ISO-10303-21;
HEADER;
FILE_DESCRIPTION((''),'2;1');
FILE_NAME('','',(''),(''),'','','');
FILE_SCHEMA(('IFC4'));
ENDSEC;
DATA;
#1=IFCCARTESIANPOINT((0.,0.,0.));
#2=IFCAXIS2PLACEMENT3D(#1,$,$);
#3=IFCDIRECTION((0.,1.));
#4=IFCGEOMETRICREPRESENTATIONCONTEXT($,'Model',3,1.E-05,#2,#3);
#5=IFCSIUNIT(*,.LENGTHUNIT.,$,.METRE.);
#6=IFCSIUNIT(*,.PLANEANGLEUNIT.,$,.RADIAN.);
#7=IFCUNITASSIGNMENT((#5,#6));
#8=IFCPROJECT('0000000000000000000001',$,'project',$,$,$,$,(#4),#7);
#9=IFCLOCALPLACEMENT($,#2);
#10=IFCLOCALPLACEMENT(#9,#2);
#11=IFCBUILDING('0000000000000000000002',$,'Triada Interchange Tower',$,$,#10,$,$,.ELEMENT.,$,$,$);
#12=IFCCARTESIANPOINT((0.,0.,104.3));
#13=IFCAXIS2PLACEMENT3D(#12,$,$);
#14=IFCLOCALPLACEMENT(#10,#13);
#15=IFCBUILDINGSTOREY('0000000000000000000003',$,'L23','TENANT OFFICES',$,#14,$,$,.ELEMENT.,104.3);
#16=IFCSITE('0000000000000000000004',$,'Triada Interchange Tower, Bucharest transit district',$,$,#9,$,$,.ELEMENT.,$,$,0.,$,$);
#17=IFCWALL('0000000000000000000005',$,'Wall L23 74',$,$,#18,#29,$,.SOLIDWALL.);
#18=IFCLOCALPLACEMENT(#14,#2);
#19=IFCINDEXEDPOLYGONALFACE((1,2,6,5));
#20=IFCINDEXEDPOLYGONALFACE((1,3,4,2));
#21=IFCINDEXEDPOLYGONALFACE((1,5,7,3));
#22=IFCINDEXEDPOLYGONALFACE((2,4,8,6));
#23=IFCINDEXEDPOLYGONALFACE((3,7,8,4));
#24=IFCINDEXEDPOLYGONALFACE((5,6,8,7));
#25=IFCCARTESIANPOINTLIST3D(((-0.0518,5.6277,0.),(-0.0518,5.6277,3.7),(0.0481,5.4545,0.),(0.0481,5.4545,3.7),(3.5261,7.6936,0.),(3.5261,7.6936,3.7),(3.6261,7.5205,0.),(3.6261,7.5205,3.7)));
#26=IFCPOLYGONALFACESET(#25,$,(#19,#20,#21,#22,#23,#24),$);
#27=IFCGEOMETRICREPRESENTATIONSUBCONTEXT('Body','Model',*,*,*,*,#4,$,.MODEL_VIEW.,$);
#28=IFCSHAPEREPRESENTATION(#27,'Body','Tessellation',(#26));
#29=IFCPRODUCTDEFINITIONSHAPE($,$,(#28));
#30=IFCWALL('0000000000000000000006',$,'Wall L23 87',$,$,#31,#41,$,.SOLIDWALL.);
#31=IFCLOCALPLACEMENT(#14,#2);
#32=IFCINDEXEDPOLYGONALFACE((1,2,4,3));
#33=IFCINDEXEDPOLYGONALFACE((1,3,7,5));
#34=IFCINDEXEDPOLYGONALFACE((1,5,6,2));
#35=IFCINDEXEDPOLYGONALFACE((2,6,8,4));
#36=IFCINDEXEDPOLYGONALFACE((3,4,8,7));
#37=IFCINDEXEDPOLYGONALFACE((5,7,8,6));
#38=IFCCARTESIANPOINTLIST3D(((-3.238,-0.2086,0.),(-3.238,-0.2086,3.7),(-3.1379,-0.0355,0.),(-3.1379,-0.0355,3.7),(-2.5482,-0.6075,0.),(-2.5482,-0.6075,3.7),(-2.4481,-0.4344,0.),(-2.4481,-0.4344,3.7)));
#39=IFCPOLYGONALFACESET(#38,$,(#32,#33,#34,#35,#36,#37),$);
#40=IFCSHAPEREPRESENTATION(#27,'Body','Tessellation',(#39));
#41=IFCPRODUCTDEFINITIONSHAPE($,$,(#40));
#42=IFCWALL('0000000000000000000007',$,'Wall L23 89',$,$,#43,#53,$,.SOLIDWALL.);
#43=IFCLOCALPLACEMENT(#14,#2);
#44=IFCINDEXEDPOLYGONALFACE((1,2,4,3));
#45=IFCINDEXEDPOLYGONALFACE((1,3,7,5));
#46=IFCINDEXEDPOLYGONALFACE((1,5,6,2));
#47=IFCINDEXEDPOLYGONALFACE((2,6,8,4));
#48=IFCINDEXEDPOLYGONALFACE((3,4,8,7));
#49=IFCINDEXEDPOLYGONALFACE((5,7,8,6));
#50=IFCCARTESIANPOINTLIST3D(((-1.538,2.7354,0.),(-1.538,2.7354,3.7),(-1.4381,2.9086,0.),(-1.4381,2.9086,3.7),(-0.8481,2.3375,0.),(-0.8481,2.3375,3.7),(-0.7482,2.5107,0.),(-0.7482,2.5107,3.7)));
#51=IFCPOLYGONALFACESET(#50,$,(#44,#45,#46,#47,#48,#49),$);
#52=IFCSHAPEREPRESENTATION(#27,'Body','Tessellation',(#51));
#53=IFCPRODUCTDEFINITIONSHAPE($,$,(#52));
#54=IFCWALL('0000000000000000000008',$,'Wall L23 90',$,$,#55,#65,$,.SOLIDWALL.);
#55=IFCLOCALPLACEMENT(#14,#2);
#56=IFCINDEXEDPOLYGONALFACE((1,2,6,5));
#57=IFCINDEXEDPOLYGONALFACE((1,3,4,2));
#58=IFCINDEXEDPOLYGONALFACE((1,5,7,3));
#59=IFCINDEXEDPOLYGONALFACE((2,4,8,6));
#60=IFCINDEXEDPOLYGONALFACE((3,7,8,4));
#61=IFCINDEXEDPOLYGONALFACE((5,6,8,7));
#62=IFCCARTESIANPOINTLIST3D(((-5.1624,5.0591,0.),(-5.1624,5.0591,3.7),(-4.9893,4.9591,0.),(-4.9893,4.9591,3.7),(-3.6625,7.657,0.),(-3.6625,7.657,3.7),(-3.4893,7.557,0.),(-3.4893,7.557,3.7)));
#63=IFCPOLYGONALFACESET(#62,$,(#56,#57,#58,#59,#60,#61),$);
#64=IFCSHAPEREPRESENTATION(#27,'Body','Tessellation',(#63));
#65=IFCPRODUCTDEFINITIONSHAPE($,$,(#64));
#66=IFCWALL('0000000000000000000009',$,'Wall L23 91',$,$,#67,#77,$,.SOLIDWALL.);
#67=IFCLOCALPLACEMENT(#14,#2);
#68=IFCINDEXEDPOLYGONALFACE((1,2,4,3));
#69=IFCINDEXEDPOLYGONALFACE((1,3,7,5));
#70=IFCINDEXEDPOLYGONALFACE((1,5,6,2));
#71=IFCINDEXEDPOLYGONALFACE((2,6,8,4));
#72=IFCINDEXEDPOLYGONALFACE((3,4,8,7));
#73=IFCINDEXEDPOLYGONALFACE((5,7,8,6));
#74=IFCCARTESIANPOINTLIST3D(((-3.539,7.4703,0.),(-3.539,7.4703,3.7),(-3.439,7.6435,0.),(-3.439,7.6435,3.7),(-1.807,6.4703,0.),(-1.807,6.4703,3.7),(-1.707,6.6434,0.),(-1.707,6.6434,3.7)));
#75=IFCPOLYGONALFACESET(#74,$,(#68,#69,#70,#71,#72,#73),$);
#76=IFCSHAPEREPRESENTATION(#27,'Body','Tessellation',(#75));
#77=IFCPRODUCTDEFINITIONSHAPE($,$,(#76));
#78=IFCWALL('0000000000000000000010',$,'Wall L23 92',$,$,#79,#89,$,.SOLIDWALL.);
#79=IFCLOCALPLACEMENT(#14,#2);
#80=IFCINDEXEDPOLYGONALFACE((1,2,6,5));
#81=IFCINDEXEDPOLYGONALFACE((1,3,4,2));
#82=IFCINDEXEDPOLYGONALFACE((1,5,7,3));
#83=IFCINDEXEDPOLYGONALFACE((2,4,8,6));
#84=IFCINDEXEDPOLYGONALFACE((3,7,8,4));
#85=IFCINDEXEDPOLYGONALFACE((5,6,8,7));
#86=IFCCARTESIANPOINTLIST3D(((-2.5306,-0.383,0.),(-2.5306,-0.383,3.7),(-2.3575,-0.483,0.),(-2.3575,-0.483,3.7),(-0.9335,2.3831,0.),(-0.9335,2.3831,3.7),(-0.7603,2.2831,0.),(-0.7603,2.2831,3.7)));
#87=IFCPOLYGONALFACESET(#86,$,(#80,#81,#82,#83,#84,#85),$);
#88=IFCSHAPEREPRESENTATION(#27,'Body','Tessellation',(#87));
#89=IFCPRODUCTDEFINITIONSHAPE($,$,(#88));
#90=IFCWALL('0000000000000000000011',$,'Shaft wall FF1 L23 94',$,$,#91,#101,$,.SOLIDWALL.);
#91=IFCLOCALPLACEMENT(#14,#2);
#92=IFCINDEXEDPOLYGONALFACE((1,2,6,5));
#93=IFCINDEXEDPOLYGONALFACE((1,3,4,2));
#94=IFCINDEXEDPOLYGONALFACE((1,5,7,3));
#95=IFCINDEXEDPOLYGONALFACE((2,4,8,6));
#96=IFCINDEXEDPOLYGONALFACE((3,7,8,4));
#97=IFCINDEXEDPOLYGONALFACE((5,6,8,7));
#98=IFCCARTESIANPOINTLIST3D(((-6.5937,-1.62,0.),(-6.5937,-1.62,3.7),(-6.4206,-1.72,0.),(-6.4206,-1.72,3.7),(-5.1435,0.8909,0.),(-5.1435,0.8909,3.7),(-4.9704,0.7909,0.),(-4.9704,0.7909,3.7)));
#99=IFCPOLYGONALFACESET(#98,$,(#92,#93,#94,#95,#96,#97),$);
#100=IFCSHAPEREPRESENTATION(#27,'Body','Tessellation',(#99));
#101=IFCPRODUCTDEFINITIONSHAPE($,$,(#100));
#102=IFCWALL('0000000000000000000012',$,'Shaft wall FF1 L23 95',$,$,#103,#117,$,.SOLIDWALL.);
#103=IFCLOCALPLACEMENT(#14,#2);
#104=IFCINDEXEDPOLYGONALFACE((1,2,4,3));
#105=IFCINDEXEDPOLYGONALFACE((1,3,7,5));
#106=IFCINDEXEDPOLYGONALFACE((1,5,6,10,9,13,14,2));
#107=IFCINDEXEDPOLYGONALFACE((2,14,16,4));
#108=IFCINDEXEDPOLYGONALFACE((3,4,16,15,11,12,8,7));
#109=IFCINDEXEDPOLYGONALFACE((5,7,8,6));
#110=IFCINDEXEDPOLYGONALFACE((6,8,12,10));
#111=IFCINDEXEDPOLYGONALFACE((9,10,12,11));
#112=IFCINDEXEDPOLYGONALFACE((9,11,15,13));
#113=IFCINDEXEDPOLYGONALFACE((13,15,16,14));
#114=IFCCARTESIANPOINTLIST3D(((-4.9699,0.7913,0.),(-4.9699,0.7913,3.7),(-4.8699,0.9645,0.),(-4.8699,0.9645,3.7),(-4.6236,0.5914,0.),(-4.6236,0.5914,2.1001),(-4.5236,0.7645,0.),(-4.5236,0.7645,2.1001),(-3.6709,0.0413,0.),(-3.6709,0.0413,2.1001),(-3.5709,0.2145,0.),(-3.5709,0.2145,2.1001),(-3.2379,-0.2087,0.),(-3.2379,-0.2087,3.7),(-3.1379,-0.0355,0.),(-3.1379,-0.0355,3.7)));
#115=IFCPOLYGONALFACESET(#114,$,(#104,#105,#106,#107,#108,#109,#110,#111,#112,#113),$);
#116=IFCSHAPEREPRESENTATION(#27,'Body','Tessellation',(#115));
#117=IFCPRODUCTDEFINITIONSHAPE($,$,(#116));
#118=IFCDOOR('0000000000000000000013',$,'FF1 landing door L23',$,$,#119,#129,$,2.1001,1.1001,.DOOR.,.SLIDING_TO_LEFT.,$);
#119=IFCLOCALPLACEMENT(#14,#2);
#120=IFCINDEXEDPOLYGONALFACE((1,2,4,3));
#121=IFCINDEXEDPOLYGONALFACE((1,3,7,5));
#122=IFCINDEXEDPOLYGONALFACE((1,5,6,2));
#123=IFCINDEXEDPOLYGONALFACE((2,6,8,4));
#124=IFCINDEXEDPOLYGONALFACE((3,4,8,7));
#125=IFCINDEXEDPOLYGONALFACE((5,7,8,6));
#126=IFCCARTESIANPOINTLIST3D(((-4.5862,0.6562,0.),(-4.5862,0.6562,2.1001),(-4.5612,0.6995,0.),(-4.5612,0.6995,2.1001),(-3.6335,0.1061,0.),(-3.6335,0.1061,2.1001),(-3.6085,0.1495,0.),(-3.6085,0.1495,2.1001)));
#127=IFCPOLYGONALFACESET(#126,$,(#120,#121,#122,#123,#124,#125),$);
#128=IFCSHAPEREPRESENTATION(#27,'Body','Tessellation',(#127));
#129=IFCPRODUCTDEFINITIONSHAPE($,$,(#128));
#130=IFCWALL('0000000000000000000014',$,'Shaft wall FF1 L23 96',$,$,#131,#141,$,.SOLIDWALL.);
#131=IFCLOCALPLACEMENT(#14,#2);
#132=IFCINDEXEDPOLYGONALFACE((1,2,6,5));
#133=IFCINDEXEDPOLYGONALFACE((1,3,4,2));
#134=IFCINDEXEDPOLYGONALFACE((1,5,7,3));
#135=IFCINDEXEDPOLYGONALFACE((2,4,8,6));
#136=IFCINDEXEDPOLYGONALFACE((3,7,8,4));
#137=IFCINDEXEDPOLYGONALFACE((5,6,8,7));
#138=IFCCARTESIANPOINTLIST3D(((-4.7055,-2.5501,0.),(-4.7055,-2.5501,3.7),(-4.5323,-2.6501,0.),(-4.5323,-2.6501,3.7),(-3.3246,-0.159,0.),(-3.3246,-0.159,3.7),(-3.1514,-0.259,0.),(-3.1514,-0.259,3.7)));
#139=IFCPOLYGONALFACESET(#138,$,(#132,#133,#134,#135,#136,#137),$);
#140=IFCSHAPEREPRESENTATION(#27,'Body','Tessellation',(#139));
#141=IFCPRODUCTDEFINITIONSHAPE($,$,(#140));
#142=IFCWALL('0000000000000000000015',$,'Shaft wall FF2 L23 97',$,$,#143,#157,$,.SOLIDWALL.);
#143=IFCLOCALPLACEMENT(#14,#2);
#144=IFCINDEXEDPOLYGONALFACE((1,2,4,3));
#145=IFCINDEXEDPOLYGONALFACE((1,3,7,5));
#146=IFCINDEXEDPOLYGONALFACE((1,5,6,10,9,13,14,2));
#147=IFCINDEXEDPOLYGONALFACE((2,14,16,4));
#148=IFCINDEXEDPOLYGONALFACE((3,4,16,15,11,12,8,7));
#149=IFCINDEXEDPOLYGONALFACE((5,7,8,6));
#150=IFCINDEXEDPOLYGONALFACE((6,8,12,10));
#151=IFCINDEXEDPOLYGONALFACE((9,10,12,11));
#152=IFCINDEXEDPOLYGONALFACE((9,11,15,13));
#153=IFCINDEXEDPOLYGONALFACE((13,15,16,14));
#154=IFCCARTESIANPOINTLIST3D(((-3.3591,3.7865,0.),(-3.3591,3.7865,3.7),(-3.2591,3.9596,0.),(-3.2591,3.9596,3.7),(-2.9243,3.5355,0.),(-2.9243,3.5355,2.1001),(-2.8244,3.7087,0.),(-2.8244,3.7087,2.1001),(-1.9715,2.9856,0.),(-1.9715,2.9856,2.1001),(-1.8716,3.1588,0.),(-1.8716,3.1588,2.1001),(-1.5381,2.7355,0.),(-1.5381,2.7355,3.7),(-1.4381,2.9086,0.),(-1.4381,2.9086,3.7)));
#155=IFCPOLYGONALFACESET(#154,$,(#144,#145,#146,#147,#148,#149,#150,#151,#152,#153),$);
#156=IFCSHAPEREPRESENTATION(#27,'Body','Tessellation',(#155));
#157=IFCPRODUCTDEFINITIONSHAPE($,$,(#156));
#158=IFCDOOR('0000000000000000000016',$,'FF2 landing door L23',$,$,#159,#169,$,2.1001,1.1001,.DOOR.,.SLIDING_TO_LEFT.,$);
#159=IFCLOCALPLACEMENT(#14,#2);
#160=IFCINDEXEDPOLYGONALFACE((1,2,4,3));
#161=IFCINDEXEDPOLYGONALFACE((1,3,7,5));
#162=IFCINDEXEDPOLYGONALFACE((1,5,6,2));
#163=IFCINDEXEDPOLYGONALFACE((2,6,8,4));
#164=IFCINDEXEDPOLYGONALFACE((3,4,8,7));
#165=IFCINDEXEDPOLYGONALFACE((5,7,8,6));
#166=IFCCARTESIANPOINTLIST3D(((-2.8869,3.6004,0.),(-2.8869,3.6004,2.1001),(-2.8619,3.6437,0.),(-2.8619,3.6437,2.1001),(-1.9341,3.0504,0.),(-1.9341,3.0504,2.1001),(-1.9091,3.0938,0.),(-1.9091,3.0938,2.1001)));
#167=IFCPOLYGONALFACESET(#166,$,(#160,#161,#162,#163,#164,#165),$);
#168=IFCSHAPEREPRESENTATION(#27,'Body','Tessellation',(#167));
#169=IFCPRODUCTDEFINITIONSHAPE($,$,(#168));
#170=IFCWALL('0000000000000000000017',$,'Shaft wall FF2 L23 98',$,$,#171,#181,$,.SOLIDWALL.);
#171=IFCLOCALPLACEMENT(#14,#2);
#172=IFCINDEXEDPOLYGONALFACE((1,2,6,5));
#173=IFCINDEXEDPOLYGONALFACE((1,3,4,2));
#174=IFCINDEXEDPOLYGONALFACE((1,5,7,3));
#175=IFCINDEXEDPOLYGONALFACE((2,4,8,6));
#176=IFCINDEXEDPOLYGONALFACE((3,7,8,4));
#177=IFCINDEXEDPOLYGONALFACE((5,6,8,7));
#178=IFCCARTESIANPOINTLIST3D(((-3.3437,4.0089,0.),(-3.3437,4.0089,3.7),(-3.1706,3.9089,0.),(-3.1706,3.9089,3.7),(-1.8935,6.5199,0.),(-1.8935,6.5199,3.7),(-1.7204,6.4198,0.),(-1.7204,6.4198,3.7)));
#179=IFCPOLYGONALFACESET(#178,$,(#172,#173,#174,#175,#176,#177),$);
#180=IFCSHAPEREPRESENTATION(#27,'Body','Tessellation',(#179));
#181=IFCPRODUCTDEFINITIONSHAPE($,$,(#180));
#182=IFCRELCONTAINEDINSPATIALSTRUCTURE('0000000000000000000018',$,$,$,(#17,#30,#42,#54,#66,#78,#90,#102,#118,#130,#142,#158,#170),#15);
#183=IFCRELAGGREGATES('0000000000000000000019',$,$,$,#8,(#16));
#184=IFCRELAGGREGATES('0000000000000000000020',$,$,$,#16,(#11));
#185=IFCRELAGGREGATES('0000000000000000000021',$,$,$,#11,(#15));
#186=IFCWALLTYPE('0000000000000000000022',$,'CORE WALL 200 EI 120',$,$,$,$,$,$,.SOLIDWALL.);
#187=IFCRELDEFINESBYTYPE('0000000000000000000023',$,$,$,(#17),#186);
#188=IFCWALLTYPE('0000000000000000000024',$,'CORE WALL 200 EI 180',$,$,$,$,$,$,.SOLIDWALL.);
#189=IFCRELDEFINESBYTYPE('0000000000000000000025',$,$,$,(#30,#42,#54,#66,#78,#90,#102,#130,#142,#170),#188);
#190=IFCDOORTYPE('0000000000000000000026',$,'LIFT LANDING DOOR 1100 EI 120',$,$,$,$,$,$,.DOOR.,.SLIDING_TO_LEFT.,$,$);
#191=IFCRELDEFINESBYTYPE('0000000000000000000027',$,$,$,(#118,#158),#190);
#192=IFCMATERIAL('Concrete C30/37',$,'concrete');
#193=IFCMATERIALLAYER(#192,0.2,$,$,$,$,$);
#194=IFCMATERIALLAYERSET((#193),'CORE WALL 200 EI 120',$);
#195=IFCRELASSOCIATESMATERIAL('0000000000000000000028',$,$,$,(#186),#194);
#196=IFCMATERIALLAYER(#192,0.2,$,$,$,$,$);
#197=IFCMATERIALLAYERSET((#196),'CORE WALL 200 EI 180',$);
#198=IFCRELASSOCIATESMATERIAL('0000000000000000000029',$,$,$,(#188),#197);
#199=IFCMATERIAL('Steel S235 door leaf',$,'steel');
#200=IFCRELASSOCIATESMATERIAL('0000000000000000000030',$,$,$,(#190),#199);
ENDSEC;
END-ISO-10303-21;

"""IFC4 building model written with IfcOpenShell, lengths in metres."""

from ifc_helpers import new_model, si_unit, direction, frame, frame_2d, origin, place, context, subcontext, project, spatial, rectangle, extrude, material, layer, layer_set, type_object, element, fill, save


model = new_model("IFC4")

# Units and contexts
model_context = context("Model", 3, precision=1e-05, world=origin(), true_north=direction((0.0, 1.0)))
body_context = subcontext(model_context, "Body", "Model", "MODEL_VIEW")
ifc_project = project(units=[si_unit("LENGTHUNIT", "METRE"), si_unit("PLANEANGLEUNIT", "RADIAN")], contexts=[model_context])

# Site, building, storey
site_placement = place(None, origin())
site = spatial("IfcSite", under=ifc_project, at=site_placement, Name="Triada Interchange Tower, Bucharest transit district", CompositionType="ELEMENT", RefElevation=0.0)
building_placement = place(site_placement, origin())
building = spatial("IfcBuilding", under=site, at=building_placement, Name="Triada Interchange Tower", CompositionType="ELEMENT")
storey_placement = place(building_placement, frame((0.0, 0.0, 104.3)))
storey = spatial("IfcBuildingStorey", under=building, at=storey_placement, Name="L23", Description="TENANT OFFICES", CompositionType="ELEMENT", Elevation=104.3)

# Walls
ifc_material_1 = material(Name="Concrete C30/37", Category="concrete")
ifc_layer_1 = layer(ifc_material_1, 0.2)
ifc_layer_set_1 = layer_set([ifc_layer_1], Name="CORE WALL 200 EI 120")
wall_type_1 = type_object("IfcWallType", Name="CORE WALL 200 EI 120", PredefinedType="SOLIDWALL", material=ifc_layer_set_1)
wall_1_placement = place(storey_placement, frame((-0.002, 5.541, 0.0), z_axis=(0.0, 0.0, 1.0), x_axis=(0.866002, 0.500041, 0.0)))
element("IfcWall", 1, at=wall_1_placement, inside=storey, type_object=wall_type_1, Name="Wall L23 74", PredefinedType="SOLIDWALL", context=body_context, shape_type="SweptSolid", body=[
    extrude(rectangle(XDim=4.1316, YDim=0.2, at=frame_2d((2.0659, 0.0))), origin(), (0.0, 0.0, 1.0), 3.7),
])
ifc_layer_2 = layer(ifc_material_1, 0.2)
ifc_layer_set_2 = layer_set([ifc_layer_2], Name="CORE WALL 200 EI 180")
wall_type_2 = type_object("IfcWallType", Name="CORE WALL 200 EI 180", PredefinedType="SOLIDWALL", material=ifc_layer_set_2)
wall_2_placement = place(storey_placement, frame((-3.188, -0.1221, 0.0), z_axis=(0.0, 0.0, 1.0), x_axis=(0.865706, -0.500553, 0.0)))
element("IfcWall", 2, at=wall_2_placement, inside=storey, type_object=wall_type_2, Name="Wall L23 87", PredefinedType="SOLIDWALL", context=body_context, shape_type="SweptSolid", body=[
    extrude(rectangle(XDim=0.7969, YDim=0.2, at=frame_2d((0.3984, 0.0))), origin(), (0.0, 0.0, 1.0), 3.7),
])
wall_3_placement = place(storey_placement, frame((-1.488, 2.822, 0.0), z_axis=(0.0, 0.0, 1.0), x_axis=(0.866237, -0.499634, 0.0)))
element("IfcWall", 3, at=wall_3_placement, inside=storey, type_object=wall_type_2, Name="Wall L23 89", PredefinedType="SOLIDWALL", context=body_context, shape_type="SweptSolid", body=[
    extrude(rectangle(XDim=0.7964, YDim=0.2, at=frame_2d((0.3982, 0.0))), origin(), (0.0, 0.0, 1.0), 3.7),
])
wall_4_placement = place(storey_placement, frame((-5.0759, 5.009, 0.0), z_axis=(0.0, 0.0, 1.0), x_axis=(0.500025, 0.866011, 0.0)))
element("IfcWall", 4, at=wall_4_placement, inside=storey, type_object=wall_type_2, Name="Wall L23 90", PredefinedType="SOLIDWALL", context=body_context, shape_type="SweptSolid", body=[
    extrude(rectangle(XDim=2.9998, YDim=0.2, at=frame_2d((1.5, 0.0))), origin(), (0.0, 0.0, 1.0), 3.7),
])
wall_5_placement = place(storey_placement, frame((-3.489, 7.5569, 0.0), z_axis=(0.0, 0.0, 1.0), x_axis=(0.866011, -0.500025, 0.0)))
element("IfcWall", 5, at=wall_5_placement, inside=storey, type_object=wall_type_2, Name="Wall L23 91", PredefinedType="SOLIDWALL", context=body_context, shape_type="SweptSolid", body=[
    extrude(rectangle(XDim=2.0, YDim=0.2, at=frame_2d((1.0, 0.0))), origin(), (0.0, 0.0, 1.0), 3.7),
])
wall_6_placement = place(storey_placement, frame((-2.4441, -0.4331, 0.0), z_axis=(0.0, 0.0, 1.0), x_axis=(0.500036, 0.866005, 0.0)))
element("IfcWall", 6, at=wall_6_placement, inside=storey, type_object=wall_type_2, Name="Wall L23 92", PredefinedType="SOLIDWALL", context=body_context, shape_type="SweptSolid", body=[
    extrude(rectangle(XDim=3.1941, YDim=0.2, at=frame_2d((1.5972, 0.0))), origin(), (0.0, 0.0, 1.0), 3.7),
])
wall_7_placement = place(storey_placement, frame((-6.5071, -1.6699, 0.0), z_axis=(0.0, 0.0, 1.0), x_axis=(0.500123, 0.865954, 0.0)))
element("IfcWall", 7, at=wall_7_placement, inside=storey, type_object=wall_type_2, Name="Shaft wall FF1 L23 94", PredefinedType="SOLIDWALL", context=body_context, shape_type="SweptSolid", body=[
    extrude(rectangle(XDim=2.8997, YDim=0.2, at=frame_2d((1.4497, 0.0))), origin(), (0.0, 0.0, 1.0), 3.7),
])

# Wall, opening, door
wall_8_placement = place(storey_placement, frame((-4.9199, 0.8779, 0.0), z_axis=(0.0, 0.0, 1.0), x_axis=(0.866011, -0.500025, 0.0)))
wall_8 = element("IfcWall", 8, at=wall_8_placement, inside=storey, type_object=wall_type_2, Name="Shaft wall FF1 L23 95", PredefinedType="SOLIDWALL", context=body_context, shape_type="SweptSolid", body=[
    extrude(rectangle(XDim=2.0, YDim=0.2, at=frame_2d((1.0, 0.0))), origin(), (0.0, 0.0, 1.0), 3.7),
])
opening_1_placement = place(wall_8_placement, frame((0.3999, 0.0, 0.0)))
opening_1 = element("IfcOpeningElement", 9, at=opening_1_placement, cuts=wall_8, PredefinedType="OPENING", context=body_context, shape_type="SweptSolid", body=[
    extrude(rectangle(XDim=1.1001, YDim=2.1001, at=frame_2d((0.55, 1.05))), frame((0.0, 0.1099, 0.0), z_axis=(0.0, -1.0, 0.0), x_axis=(1.0, 0.0, 0.0)), (0.0, 0.0, 1.0), 0.22),
])
ifc_material_2 = material(Name="Steel S235 door leaf", Category="steel")
door_type = type_object("IfcDoorType", Name="LIFT LANDING DOOR 1100 EI 120", OperationType="SLIDING_TO_LEFT", PredefinedType="DOOR", material=ifc_material_2)
door_1_placement = place(opening_1_placement, origin())
door_1 = element("IfcDoor", 10, at=door_1_placement, inside=storey, type_object=door_type, Name="FF1 landing door L23", OperationType="SLIDING_TO_LEFT", OverallHeight=2.1001, OverallWidth=1.1001, PredefinedType="DOOR", context=body_context, shape_type="SweptSolid", body=[
    extrude(rectangle(XDim=1.1001, YDim=2.1001, at=frame_2d((0.55, 1.05))), frame((0.0, 0.0249, 0.0), z_axis=(0.0, -1.0, 0.0), x_axis=(1.0, 0.0, 0.0)), (0.0, 0.0, 1.0), 0.05),
])
fill(opening_1, door_1)

# Wall
wall_9_placement = place(storey_placement, frame((-4.6189, -2.6001, 0.0), z_axis=(0.0, 0.0, 1.0), x_axis=(0.500095, 0.865971, 0.0)))
element("IfcWall", 11, at=wall_9_placement, inside=storey, type_object=wall_type_2, Name="Shaft wall FF1 L23 96", PredefinedType="SOLIDWALL", context=body_context, shape_type="SweptSolid", body=[
    extrude(rectangle(XDim=2.7612, YDim=0.2, at=frame_2d((1.3806, 0.0))), origin(), (0.0, 0.0, 1.0), 3.7),
])

# Wall, opening, door
wall_10_placement = place(storey_placement, frame((-3.3091, 3.873, 0.0), z_axis=(0.0, 0.0, 1.0), x_axis=(0.866099, -0.499873, 0.0)))
wall_10 = element("IfcWall", 12, at=wall_10_placement, inside=storey, type_object=wall_type_2, Name="Shaft wall FF2 L23 97", PredefinedType="SOLIDWALL", context=body_context, shape_type="SweptSolid", body=[
    extrude(rectangle(XDim=2.1025, YDim=0.2, at=frame_2d((1.0513, 0.0))), origin(), (0.0, 0.0, 1.0), 3.7),
])
opening_2_placement = place(wall_10_placement, frame((0.502, 0.0, 0.0)))
opening_2 = element("IfcOpeningElement", 13, at=opening_2_placement, cuts=wall_10, PredefinedType="OPENING", context=body_context, shape_type="SweptSolid", body=[
    extrude(rectangle(XDim=1.1001, YDim=2.1001, at=frame_2d((0.55, 1.05))), frame((0.0, 0.1099, 0.0), z_axis=(0.0, -1.0, 0.0), x_axis=(1.0, 0.0, 0.0)), (0.0, 0.0, 1.0), 0.22),
])
door_2_placement = place(opening_2_placement, origin())
door_2 = element("IfcDoor", 14, at=door_2_placement, inside=storey, type_object=door_type, Name="FF2 landing door L23", OperationType="SLIDING_TO_LEFT", OverallHeight=2.1001, OverallWidth=1.1001, PredefinedType="DOOR", context=body_context, shape_type="SweptSolid", body=[
    extrude(rectangle(XDim=1.1001, YDim=2.1001, at=frame_2d((0.55, 1.05))), frame((0.0, 0.0249, 0.0), z_axis=(0.0, -1.0, 0.0), x_axis=(1.0, 0.0, 0.0)), (0.0, 0.0, 1.0), 0.05),
])
fill(opening_2, door_2)

# Wall
wall_11_placement = place(storey_placement, frame((-3.2571, 3.959, 0.0), z_axis=(0.0, 0.0, 1.0), x_axis=(0.500123, 0.865954, 0.0)))
element("IfcWall", 15, at=wall_11_placement, inside=storey, type_object=wall_type_2, Name="Shaft wall FF2 L23 98", PredefinedType="SOLIDWALL", context=body_context, shape_type="SweptSolid", body=[
    extrude(rectangle(XDim=2.8997, YDim=0.2, at=frame_2d((1.4497, 0.0))), origin(), (0.0, 0.0, 1.0), 3.7),
])

save(model, "model.ifc")
